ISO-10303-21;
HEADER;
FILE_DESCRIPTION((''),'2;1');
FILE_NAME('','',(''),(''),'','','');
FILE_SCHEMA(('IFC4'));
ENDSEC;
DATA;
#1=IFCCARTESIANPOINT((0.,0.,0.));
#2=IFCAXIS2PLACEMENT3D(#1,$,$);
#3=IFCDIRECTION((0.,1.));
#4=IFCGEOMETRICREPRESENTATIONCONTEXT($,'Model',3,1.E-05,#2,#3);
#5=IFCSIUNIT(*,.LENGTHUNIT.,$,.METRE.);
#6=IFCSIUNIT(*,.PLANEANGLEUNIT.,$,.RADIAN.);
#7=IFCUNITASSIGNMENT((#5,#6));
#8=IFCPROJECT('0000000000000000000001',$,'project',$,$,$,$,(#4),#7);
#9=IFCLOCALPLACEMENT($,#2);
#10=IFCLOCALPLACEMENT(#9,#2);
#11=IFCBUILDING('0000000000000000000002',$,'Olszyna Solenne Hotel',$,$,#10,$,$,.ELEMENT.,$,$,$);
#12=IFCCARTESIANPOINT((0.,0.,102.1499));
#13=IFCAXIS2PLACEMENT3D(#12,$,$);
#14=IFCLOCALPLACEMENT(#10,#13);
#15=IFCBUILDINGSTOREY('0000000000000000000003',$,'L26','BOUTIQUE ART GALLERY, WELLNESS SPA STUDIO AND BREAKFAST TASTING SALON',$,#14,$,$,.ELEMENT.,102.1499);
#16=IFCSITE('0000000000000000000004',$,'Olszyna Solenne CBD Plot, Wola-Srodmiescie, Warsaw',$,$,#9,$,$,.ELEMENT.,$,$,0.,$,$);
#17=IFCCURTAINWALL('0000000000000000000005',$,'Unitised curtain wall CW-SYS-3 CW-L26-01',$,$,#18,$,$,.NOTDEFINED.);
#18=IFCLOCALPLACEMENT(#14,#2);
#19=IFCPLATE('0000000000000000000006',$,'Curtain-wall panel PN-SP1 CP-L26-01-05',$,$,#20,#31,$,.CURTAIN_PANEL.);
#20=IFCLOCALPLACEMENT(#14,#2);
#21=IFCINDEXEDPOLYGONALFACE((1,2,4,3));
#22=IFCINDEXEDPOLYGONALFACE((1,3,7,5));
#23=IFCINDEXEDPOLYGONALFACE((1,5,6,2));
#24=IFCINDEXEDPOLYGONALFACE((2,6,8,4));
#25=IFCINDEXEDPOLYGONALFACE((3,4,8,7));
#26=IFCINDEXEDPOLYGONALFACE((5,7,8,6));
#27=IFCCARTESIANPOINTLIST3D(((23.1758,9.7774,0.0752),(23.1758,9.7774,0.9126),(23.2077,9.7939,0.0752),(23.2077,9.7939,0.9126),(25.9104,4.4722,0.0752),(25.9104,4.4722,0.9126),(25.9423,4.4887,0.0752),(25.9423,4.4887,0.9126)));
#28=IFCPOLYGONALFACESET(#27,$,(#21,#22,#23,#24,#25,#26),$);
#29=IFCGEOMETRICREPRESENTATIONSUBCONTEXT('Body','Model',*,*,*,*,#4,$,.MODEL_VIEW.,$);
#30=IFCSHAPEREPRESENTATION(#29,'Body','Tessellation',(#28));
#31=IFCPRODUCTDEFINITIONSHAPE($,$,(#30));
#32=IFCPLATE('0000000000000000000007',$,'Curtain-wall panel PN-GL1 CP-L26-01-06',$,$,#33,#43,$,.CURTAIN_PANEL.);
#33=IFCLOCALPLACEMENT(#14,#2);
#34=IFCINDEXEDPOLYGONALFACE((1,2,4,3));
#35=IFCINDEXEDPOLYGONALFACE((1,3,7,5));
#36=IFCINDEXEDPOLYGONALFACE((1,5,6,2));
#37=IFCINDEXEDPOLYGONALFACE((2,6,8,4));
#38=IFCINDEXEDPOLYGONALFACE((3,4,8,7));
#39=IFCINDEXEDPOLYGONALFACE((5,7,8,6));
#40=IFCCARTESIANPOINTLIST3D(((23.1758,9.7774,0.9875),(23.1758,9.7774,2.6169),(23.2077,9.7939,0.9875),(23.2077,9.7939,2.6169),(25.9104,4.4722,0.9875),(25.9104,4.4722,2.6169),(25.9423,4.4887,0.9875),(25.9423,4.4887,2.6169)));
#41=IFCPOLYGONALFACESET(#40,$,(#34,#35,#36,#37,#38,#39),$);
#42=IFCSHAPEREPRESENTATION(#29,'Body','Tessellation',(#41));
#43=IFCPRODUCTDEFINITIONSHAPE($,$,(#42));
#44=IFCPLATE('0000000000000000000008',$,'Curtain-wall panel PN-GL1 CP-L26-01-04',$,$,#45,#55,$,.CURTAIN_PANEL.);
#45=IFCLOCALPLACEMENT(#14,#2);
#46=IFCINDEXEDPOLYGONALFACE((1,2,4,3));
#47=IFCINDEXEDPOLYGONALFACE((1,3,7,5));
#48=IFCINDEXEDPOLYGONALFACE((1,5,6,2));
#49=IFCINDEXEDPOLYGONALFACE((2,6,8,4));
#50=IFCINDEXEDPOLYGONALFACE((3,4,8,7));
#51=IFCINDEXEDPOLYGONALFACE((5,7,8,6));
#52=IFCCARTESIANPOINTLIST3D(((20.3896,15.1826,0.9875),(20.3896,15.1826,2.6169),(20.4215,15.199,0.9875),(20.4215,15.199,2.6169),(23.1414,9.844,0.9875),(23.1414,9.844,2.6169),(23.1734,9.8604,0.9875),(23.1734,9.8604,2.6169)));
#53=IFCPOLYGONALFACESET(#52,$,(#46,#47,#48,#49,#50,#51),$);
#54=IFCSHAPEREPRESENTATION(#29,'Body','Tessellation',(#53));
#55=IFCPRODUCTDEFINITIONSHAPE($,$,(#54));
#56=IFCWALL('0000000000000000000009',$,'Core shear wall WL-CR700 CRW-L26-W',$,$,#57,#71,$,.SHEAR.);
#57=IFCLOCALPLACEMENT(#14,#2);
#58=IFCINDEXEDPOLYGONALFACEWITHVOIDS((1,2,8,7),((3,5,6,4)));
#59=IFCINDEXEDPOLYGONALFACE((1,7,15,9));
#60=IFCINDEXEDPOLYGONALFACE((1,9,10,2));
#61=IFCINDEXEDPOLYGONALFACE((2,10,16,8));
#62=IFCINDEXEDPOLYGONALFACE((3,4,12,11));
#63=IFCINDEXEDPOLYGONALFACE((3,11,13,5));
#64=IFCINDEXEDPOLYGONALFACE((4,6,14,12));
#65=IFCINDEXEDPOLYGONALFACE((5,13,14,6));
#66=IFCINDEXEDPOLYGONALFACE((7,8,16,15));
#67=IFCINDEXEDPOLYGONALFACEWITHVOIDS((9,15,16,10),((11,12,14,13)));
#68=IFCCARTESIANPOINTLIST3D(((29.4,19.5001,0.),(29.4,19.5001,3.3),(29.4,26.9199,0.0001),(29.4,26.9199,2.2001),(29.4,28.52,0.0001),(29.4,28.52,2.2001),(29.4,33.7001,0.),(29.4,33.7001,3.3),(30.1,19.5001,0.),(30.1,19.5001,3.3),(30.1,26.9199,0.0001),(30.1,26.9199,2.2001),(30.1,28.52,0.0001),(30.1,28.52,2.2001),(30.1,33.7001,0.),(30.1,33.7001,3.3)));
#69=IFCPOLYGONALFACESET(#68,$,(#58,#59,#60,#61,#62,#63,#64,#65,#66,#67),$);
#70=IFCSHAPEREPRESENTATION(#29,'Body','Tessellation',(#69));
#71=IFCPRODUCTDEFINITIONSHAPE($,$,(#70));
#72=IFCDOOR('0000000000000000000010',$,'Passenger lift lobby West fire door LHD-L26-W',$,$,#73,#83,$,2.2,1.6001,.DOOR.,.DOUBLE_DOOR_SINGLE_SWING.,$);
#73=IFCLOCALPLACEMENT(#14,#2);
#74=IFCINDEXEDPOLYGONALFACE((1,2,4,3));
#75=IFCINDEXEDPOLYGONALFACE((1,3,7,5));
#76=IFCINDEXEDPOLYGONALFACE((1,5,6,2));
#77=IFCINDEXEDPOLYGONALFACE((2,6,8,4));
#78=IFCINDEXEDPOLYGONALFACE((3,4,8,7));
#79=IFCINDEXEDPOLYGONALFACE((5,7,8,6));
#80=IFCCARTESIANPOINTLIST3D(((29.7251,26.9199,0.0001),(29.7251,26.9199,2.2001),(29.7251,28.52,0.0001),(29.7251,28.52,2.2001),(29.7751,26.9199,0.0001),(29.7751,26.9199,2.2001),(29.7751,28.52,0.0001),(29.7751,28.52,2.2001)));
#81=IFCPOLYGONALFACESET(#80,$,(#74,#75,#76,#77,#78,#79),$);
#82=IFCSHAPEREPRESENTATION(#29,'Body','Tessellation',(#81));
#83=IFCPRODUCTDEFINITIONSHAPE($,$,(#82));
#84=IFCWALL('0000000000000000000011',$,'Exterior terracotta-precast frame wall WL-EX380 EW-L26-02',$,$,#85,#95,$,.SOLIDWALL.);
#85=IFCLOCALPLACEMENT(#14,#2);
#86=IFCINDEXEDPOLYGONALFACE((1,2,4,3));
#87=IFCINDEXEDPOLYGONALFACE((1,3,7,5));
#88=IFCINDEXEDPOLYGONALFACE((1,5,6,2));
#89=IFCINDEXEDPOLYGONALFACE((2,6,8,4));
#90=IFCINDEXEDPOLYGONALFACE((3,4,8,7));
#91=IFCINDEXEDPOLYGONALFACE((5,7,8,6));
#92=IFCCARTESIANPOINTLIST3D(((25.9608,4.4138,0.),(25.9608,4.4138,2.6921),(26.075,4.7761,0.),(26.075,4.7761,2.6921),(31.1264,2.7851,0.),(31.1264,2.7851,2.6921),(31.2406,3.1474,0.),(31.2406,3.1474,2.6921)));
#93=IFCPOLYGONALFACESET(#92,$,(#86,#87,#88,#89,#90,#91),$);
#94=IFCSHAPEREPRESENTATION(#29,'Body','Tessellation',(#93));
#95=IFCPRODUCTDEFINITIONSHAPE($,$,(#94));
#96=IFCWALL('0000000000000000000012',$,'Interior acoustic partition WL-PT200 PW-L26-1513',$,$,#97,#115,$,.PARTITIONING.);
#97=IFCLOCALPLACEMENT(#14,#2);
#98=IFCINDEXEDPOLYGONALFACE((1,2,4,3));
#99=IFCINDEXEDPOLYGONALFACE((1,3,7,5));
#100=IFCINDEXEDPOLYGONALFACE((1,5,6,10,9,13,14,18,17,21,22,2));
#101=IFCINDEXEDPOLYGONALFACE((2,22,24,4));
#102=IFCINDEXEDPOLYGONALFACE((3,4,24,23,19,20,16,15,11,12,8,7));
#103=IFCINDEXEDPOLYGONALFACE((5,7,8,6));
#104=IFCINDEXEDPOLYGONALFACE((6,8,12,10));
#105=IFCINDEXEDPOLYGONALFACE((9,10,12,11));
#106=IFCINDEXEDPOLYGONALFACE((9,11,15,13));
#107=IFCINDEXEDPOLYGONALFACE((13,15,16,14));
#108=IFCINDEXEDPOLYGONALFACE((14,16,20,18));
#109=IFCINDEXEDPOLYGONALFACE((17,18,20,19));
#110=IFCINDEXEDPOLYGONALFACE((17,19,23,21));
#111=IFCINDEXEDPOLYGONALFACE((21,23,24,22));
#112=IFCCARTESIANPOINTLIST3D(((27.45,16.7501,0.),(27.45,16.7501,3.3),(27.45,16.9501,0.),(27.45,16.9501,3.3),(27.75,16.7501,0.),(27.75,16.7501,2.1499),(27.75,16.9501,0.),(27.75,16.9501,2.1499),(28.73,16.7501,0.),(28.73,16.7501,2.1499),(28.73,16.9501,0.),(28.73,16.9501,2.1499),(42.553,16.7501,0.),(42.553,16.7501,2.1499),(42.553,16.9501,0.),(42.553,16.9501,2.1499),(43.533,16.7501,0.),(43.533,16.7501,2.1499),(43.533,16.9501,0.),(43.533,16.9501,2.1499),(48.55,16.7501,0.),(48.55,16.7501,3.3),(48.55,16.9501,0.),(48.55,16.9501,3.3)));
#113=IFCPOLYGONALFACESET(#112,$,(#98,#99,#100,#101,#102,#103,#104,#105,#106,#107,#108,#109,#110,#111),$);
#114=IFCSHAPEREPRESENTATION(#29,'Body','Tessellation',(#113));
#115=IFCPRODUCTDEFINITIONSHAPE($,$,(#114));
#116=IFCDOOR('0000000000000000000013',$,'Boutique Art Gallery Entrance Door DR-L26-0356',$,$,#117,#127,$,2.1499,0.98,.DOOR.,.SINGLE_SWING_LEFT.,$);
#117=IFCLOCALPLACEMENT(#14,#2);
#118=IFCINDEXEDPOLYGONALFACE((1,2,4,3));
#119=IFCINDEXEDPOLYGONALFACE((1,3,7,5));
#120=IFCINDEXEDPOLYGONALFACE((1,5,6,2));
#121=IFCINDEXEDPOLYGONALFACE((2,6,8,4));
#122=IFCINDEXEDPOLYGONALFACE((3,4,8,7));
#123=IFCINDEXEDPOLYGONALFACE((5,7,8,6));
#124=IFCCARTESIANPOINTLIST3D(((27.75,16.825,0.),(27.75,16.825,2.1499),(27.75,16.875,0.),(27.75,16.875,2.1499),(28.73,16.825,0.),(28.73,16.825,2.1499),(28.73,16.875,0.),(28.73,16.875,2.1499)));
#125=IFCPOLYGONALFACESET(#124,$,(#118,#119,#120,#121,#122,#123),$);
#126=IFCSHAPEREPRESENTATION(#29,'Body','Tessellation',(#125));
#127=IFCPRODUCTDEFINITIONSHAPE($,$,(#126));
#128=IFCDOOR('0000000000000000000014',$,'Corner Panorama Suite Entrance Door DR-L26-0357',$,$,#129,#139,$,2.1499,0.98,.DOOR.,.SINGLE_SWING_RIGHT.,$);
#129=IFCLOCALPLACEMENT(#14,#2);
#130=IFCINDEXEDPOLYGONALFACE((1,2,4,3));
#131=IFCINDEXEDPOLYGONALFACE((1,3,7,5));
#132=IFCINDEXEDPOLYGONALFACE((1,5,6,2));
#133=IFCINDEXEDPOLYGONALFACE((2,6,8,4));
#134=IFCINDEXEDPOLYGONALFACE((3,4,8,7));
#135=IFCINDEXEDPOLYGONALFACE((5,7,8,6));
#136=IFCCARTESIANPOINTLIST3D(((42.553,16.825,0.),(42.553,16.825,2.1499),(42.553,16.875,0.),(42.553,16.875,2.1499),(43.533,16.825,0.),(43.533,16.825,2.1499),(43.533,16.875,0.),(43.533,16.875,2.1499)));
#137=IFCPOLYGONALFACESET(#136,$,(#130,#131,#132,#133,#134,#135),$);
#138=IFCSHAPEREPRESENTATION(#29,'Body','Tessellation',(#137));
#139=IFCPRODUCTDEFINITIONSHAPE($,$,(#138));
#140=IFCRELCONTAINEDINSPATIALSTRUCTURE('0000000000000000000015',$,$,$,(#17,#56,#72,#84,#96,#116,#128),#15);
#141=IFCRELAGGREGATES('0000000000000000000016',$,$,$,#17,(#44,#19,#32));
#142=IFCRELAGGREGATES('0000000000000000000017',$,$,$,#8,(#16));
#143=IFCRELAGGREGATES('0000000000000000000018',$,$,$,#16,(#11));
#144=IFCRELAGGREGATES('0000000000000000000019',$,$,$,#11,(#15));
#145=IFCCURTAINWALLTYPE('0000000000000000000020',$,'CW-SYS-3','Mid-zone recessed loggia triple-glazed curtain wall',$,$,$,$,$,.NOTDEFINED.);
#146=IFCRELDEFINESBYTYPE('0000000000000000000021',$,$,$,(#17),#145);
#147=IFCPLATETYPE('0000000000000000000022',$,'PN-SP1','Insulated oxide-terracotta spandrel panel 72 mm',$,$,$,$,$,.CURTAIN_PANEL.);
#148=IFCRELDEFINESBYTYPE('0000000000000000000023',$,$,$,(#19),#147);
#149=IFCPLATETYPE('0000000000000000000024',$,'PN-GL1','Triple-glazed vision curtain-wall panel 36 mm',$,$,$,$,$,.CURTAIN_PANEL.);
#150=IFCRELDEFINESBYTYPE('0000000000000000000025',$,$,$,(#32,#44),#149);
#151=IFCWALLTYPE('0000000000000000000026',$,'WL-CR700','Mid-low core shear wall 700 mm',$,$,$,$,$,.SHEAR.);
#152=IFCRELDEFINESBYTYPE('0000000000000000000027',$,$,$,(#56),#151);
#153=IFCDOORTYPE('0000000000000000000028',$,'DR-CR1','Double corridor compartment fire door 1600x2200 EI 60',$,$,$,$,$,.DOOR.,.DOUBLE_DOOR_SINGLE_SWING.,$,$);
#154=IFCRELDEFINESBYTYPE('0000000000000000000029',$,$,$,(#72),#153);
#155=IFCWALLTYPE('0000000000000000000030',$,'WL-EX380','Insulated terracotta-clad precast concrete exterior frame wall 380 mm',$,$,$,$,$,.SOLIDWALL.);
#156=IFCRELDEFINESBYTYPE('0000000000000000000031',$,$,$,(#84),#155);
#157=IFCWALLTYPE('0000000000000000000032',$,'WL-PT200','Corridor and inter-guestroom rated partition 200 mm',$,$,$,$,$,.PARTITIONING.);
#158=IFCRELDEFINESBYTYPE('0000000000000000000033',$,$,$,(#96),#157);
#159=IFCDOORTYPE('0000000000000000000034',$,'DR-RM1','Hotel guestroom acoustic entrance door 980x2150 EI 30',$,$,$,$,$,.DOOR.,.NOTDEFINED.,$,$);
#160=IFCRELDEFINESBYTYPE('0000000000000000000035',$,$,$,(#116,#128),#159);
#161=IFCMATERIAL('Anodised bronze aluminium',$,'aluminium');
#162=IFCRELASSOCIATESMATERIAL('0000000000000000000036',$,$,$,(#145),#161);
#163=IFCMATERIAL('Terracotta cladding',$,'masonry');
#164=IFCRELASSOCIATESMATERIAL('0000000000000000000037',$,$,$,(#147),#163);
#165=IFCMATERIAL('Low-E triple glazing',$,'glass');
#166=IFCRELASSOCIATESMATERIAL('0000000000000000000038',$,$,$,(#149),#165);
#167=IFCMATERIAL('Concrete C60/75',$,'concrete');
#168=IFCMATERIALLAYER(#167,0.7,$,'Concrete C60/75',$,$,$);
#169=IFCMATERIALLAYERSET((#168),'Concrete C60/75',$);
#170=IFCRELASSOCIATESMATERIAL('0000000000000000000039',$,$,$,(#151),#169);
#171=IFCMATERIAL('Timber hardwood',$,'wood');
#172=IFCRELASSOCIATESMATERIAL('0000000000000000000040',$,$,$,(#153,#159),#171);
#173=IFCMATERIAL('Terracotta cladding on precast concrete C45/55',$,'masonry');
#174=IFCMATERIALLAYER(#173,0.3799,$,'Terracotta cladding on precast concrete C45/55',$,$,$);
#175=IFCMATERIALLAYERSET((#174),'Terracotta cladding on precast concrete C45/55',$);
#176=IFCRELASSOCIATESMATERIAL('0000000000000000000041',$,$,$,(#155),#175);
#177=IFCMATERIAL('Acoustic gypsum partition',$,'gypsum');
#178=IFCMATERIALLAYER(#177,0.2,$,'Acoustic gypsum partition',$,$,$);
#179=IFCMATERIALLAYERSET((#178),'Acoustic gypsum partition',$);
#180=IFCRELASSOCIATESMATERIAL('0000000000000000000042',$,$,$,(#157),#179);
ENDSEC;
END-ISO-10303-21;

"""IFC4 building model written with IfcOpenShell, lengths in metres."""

from ifc_helpers import new_model, si_unit, direction, frame, frame_2d, origin, origin_2d, place, context, subcontext, project, spatial, rectangle, extrude, source, transform, mapped, material, layer, layer_set, type_object, type_shapes, element, fill, aggregate, save


model = new_model("IFC4")

# Units and contexts
model_context = context("Model", 3, precision=1e-05, world=origin(), true_north=direction((0.0, 1.0)))
body_context = subcontext(model_context, "Body", "Model", "MODEL_VIEW")
ifc_project = project(units=[si_unit("LENGTHUNIT", "METRE"), si_unit("PLANEANGLEUNIT", "RADIAN")], contexts=[model_context])

# Site, building, storey
site_placement = place(None, origin())
site = spatial("IfcSite", under=ifc_project, at=site_placement, Name="Olszyna Solenne CBD Plot, Wola-Srodmiescie, Warsaw", CompositionType="ELEMENT", RefElevation=0.0)
building_placement = place(site_placement, origin())
building = spatial("IfcBuilding", under=site, at=building_placement, Name="Olszyna Solenne Hotel", CompositionType="ELEMENT")
storey_placement = place(building_placement, frame((0.0, 0.0, 102.1499)))
storey = spatial("IfcBuildingStorey", under=building, at=storey_placement, Name="L26", Description="BOUTIQUE ART GALLERY, WELLNESS SPA STUDIO AND BREAKFAST TASTING SALON", CompositionType="ELEMENT", Elevation=102.1499)

# Curtain wall
ifc_material_1 = material(Name="Anodised bronze aluminium", Category="aluminium")
curtain_wall_type = type_object("IfcCurtainWallType", Name="CW-SYS-3", Description="Mid-zone recessed loggia triple-glazed curtain wall", PredefinedType="NOTDEFINED", material=ifc_material_1)
curtain_wall_placement = place(storey_placement, origin())
curtain_wall = element("IfcCurtainWall", 1, at=curtain_wall_placement, inside=storey, type_object=curtain_wall_type, Name="Unitised curtain wall CW-SYS-3 CW-L26-01", PredefinedType="NOTDEFINED")

# Plates
ifc_material_2 = material(Name="Terracotta cladding", Category="masonry")
plate_type_1 = type_object("IfcPlateType", Name="PN-SP1", Description="Insulated oxide-terracotta spandrel panel 72 mm", PredefinedType="CURTAIN_PANEL", material=ifc_material_2)
shared_shape_1 = source(origin(), body_context, "Body", "SweptSolid", [
    extrude(rectangle(XDim=5.9685, YDim=0.0359, at=origin_2d()), origin(), (0.0, 0.0, 1.0), 0.8374),
])
plate_1_placement = place(storey_placement, frame((24.5591, 7.1331, 0.0752), z_axis=(0.0, 0.0, 1.0), x_axis=(0.458169, -0.888865, 0.0)))
plate_1 = element("IfcPlate", 2, at=plate_1_placement, type_object=plate_type_1, Name="Curtain-wall panel PN-SP1 CP-L26-01-05", PredefinedType="CURTAIN_PANEL", context=body_context, shape_type="MappedRepresentation", body=[
    mapped(shared_shape_1, transform((0.0, 0.0, 0.0), x_axis=(1.0, 0.0, 0.0), y_axis=(0.0, 1.0, 0.0), z_axis=(0.0, 0.0, 1.0), scale=1.0)),
])
ifc_material_3 = material(Name="Low-E triple glazing", Category="glass")
plate_type_2 = type_object("IfcPlateType", Name="PN-GL1", Description="Triple-glazed vision curtain-wall panel 36 mm", PredefinedType="CURTAIN_PANEL", material=ifc_material_3)
shared_shape_2 = source(origin(), body_context, "Body", "SweptSolid", [
    extrude(rectangle(XDim=5.9685, YDim=0.0359, at=origin_2d()), origin(), (0.0, 0.0, 1.0), 1.6294),
])
plate_2_placement = place(storey_placement, frame((24.5591, 7.1331, 0.9875), z_axis=(0.0, 0.0, 1.0), x_axis=(0.458169, -0.888865, 0.0)))
plate_2 = element("IfcPlate", 3, at=plate_2_placement, type_object=plate_type_2, Name="Curtain-wall panel PN-GL1 CP-L26-01-06", PredefinedType="CURTAIN_PANEL", context=body_context, shape_type="MappedRepresentation", body=[
    mapped(shared_shape_2, transform((0.0, 0.0, 0.0), x_axis=(1.0, 0.0, 0.0), y_axis=(0.0, 1.0, 0.0), z_axis=(0.0, 0.0, 1.0), scale=1.0)),
])
shared_shape_3 = source(origin(), body_context, "Body", "SweptSolid", [
    extrude(rectangle(XDim=6.0061, YDim=0.0359, at=origin_2d()), origin(), (0.0, 0.0, 1.0), 1.6294),
])
plate_3_placement = place(storey_placement, frame((21.7815, 12.5215, 0.9875), z_axis=(0.0, 0.0, 1.0), x_axis=(0.458169, -0.888865, 0.0)))
plate_3 = element("IfcPlate", 4, at=plate_3_placement, type_object=plate_type_2, Name="Curtain-wall panel PN-GL1 CP-L26-01-04", PredefinedType="CURTAIN_PANEL", context=body_context, shape_type="MappedRepresentation", body=[
    mapped(shared_shape_3, transform((0.0, 0.0, 0.0), x_axis=(1.0, 0.0, 0.0), y_axis=(0.0, 1.0, 0.0), z_axis=(0.0, 0.0, 1.0), scale=1.0)),
])
aggregate(curtain_wall, [plate_3, plate_1, plate_2])

# Wall, opening, door
ifc_material_4 = material(Name="Concrete C60/75", Category="concrete")
ifc_layer_1 = layer(ifc_material_4, 0.7, Name="Concrete C60/75")
ifc_layer_set_1 = layer_set([ifc_layer_1], Name="Concrete C60/75")
wall_type_1 = type_object("IfcWallType", Name="WL-CR700", Description="Mid-low core shear wall 700 mm", PredefinedType="SHEAR", material=ifc_layer_set_1)
wall_1_placement = place(storey_placement, frame((29.75, 19.5, 0.0), z_axis=(0.0, 0.0, 1.0), x_axis=(0.0, 1.0, 0.0)))
wall_1 = element("IfcWall", 5, at=wall_1_placement, inside=storey, type_object=wall_type_1, Name="Core shear wall WL-CR700 CRW-L26-W", PredefinedType="SHEAR", context=body_context, shape_type="SweptSolid", body=[
    extrude(rectangle(XDim=14.2, YDim=0.7, at=frame_2d((7.1001, 0.0))), origin(), (0.0, 0.0, 1.0), 3.3),
])
opening_1_placement = place(wall_1_placement, frame((7.4199, 0.0, 0.0)))
opening_1 = element("IfcOpeningElement", 6, at=opening_1_placement, cuts=wall_1, PredefinedType="OPENING", context=body_context, shape_type="SweptSolid", body=[
    extrude(rectangle(XDim=1.6001, YDim=2.2, at=frame_2d((0.8, 1.1001))), frame((0.0, 0.3599, 0.0), z_axis=(0.0, -1.0, 0.0), x_axis=(1.0, 0.0, 0.0)), (0.0, 0.0, 1.0), 0.72),
])
ifc_material_5 = material(Name="Timber hardwood", Category="wood")
door_type_1 = type_object("IfcDoorType", Name="DR-CR1", Description="Double corridor compartment fire door 1600x2200 EI 60", OperationType="DOUBLE_DOOR_SINGLE_SWING", PredefinedType="DOOR", material=ifc_material_5)
shared_shape_4 = source(origin(), body_context, "Body", "SweptSolid", [
    extrude(rectangle(XDim=1.6001, YDim=2.2, at=frame_2d((0.8, 1.1001))), frame((0.0, 0.0249, 0.0), z_axis=(0.0, -1.0, 0.0), x_axis=(1.0, 0.0, 0.0)), (0.0, 0.0, 1.0), 0.05),
])
type_shapes(door_type_1, [shared_shape_4])
door_1_placement = place(opening_1_placement, origin())
door_1 = element("IfcDoor", 7, at=door_1_placement, inside=storey, type_object=door_type_1, Name="Passenger lift lobby West fire door LHD-L26-W", OperationType="DOUBLE_DOOR_SINGLE_SWING", OverallHeight=2.2, OverallWidth=1.6001, PredefinedType="DOOR", context=body_context, shape_type="MappedRepresentation", body=[
    mapped(shared_shape_4, transform((0.0, 0.0, 0.0), x_axis=(1.0, 0.0, 0.0), y_axis=(0.0, 1.0, 0.0), z_axis=(0.0, 0.0, 1.0), scale=1.0)),
])
fill(opening_1, door_1)

# Wall
ifc_material_6 = material(Name="Terracotta cladding on precast concrete C45/55", Category="masonry")
ifc_layer_2 = layer(ifc_material_6, 0.3799, Name="Terracotta cladding on precast concrete C45/55")
ifc_layer_set_2 = layer_set([ifc_layer_2], Name="Terracotta cladding on precast concrete C45/55")
wall_type_2 = type_object("IfcWallType", Name="WL-EX380", Description="Insulated terracotta-clad precast concrete exterior frame wall 380 mm", PredefinedType="SOLIDWALL", material=ifc_layer_set_2)
wall_2_placement = place(storey_placement, frame((31.1833, 2.9663, 0.0), z_axis=(0.0, 0.0, 1.0), x_axis=(-0.953718, 0.300702, 0.0)))
element("IfcWall", 8, at=wall_2_placement, inside=storey, type_object=wall_type_2, Name="Exterior terracotta-precast frame wall WL-EX380 EW-L26-02", PredefinedType="SOLIDWALL", context=body_context, shape_type="SweptSolid", body=[
    extrude(rectangle(XDim=5.4163, YDim=0.3799, at=frame_2d((2.708, 0.0))), origin(), (0.0, 0.0, 1.0), 2.6921),
])

# Wall, openings, doors
ifc_material_7 = material(Name="Acoustic gypsum partition", Category="gypsum")
ifc_layer_3 = layer(ifc_material_7, 0.2, Name="Acoustic gypsum partition")
ifc_layer_set_3 = layer_set([ifc_layer_3], Name="Acoustic gypsum partition")
wall_type_3 = type_object("IfcWallType", Name="WL-PT200", Description="Corridor and inter-guestroom rated partition 200 mm", PredefinedType="PARTITIONING", material=ifc_layer_set_3)
wall_3_placement = place(storey_placement, frame((27.45, 16.8501, 0.0), z_axis=(0.0, 0.0, 1.0), x_axis=(1.0, 0.0, 0.0)))
wall_3 = element("IfcWall", 9, at=wall_3_placement, inside=storey, type_object=wall_type_3, Name="Interior acoustic partition WL-PT200 PW-L26-1513", PredefinedType="PARTITIONING", context=body_context, shape_type="SweptSolid", body=[
    extrude(rectangle(XDim=21.1001, YDim=0.2, at=frame_2d((10.55, 0.0))), origin(), (0.0, 0.0, 1.0), 3.3),
])
opening_2_placement = place(wall_3_placement, frame((0.3, 0.0, 0.0)))
opening_2 = element("IfcOpeningElement", 10, at=opening_2_placement, cuts=wall_3, PredefinedType="OPENING", context=body_context, shape_type="SweptSolid", body=[
    extrude(rectangle(XDim=0.98, YDim=2.1499, at=frame_2d((0.49, 1.075))), frame((0.0, 0.1099, 0.0), z_axis=(0.0, -1.0, 0.0), x_axis=(1.0, 0.0, 0.0)), (0.0, 0.0, 1.0), 0.22),
])
opening_3_placement = place(wall_3_placement, frame((15.103, 0.0, 0.0)))
opening_3 = element("IfcOpeningElement", 11, at=opening_3_placement, cuts=wall_3, PredefinedType="OPENING", context=body_context, shape_type="SweptSolid", body=[
    extrude(rectangle(XDim=0.98, YDim=2.1499, at=frame_2d((0.49, 1.075))), frame((0.0, 0.1099, 0.0), z_axis=(0.0, -1.0, 0.0), x_axis=(1.0, 0.0, 0.0)), (0.0, 0.0, 1.0), 0.22),
])
door_type_2 = type_object("IfcDoorType", Name="DR-RM1", Description="Hotel guestroom acoustic entrance door 980x2150 EI 30", OperationType="NOTDEFINED", PredefinedType="DOOR", material=ifc_material_5)
shared_shape_5 = source(origin(), body_context, "Body", "SweptSolid", [
    extrude(rectangle(XDim=0.98, YDim=2.1499, at=frame_2d((0.49, 1.075))), frame((0.0, 0.0249, 0.0), z_axis=(0.0, -1.0, 0.0), x_axis=(1.0, 0.0, 0.0)), (0.0, 0.0, 1.0), 0.05),
])
type_shapes(door_type_2, [shared_shape_5])
door_2_placement = place(opening_2_placement, origin())
door_2 = element("IfcDoor", 12, at=door_2_placement, inside=storey, type_object=door_type_2, Name="Boutique Art Gallery Entrance Door DR-L26-0356", OperationType="SINGLE_SWING_LEFT", OverallHeight=2.1499, OverallWidth=0.98, PredefinedType="DOOR", context=body_context, shape_type="MappedRepresentation", body=[
    mapped(shared_shape_5, transform((0.0, 0.0, 0.0), x_axis=(1.0, 0.0, 0.0), y_axis=(0.0, 1.0, 0.0), z_axis=(0.0, 0.0, 1.0), scale=1.0)),
])
fill(opening_2, door_2)
door_3_placement = place(opening_3_placement, origin())
door_3 = element("IfcDoor", 13, at=door_3_placement, inside=storey, type_object=door_type_2, Name="Corner Panorama Suite Entrance Door DR-L26-0357", OperationType="SINGLE_SWING_RIGHT", OverallHeight=2.1499, OverallWidth=0.98, PredefinedType="DOOR", context=body_context, shape_type="MappedRepresentation", body=[
    mapped(shared_shape_5, transform((0.0, 0.0, 0.0), x_axis=(1.0, 0.0, 0.0), y_axis=(0.0, 1.0, 0.0), z_axis=(0.0, 0.0, 1.0), scale=1.0)),
])
fill(opening_3, door_3)

save(model, "model.ifc")
